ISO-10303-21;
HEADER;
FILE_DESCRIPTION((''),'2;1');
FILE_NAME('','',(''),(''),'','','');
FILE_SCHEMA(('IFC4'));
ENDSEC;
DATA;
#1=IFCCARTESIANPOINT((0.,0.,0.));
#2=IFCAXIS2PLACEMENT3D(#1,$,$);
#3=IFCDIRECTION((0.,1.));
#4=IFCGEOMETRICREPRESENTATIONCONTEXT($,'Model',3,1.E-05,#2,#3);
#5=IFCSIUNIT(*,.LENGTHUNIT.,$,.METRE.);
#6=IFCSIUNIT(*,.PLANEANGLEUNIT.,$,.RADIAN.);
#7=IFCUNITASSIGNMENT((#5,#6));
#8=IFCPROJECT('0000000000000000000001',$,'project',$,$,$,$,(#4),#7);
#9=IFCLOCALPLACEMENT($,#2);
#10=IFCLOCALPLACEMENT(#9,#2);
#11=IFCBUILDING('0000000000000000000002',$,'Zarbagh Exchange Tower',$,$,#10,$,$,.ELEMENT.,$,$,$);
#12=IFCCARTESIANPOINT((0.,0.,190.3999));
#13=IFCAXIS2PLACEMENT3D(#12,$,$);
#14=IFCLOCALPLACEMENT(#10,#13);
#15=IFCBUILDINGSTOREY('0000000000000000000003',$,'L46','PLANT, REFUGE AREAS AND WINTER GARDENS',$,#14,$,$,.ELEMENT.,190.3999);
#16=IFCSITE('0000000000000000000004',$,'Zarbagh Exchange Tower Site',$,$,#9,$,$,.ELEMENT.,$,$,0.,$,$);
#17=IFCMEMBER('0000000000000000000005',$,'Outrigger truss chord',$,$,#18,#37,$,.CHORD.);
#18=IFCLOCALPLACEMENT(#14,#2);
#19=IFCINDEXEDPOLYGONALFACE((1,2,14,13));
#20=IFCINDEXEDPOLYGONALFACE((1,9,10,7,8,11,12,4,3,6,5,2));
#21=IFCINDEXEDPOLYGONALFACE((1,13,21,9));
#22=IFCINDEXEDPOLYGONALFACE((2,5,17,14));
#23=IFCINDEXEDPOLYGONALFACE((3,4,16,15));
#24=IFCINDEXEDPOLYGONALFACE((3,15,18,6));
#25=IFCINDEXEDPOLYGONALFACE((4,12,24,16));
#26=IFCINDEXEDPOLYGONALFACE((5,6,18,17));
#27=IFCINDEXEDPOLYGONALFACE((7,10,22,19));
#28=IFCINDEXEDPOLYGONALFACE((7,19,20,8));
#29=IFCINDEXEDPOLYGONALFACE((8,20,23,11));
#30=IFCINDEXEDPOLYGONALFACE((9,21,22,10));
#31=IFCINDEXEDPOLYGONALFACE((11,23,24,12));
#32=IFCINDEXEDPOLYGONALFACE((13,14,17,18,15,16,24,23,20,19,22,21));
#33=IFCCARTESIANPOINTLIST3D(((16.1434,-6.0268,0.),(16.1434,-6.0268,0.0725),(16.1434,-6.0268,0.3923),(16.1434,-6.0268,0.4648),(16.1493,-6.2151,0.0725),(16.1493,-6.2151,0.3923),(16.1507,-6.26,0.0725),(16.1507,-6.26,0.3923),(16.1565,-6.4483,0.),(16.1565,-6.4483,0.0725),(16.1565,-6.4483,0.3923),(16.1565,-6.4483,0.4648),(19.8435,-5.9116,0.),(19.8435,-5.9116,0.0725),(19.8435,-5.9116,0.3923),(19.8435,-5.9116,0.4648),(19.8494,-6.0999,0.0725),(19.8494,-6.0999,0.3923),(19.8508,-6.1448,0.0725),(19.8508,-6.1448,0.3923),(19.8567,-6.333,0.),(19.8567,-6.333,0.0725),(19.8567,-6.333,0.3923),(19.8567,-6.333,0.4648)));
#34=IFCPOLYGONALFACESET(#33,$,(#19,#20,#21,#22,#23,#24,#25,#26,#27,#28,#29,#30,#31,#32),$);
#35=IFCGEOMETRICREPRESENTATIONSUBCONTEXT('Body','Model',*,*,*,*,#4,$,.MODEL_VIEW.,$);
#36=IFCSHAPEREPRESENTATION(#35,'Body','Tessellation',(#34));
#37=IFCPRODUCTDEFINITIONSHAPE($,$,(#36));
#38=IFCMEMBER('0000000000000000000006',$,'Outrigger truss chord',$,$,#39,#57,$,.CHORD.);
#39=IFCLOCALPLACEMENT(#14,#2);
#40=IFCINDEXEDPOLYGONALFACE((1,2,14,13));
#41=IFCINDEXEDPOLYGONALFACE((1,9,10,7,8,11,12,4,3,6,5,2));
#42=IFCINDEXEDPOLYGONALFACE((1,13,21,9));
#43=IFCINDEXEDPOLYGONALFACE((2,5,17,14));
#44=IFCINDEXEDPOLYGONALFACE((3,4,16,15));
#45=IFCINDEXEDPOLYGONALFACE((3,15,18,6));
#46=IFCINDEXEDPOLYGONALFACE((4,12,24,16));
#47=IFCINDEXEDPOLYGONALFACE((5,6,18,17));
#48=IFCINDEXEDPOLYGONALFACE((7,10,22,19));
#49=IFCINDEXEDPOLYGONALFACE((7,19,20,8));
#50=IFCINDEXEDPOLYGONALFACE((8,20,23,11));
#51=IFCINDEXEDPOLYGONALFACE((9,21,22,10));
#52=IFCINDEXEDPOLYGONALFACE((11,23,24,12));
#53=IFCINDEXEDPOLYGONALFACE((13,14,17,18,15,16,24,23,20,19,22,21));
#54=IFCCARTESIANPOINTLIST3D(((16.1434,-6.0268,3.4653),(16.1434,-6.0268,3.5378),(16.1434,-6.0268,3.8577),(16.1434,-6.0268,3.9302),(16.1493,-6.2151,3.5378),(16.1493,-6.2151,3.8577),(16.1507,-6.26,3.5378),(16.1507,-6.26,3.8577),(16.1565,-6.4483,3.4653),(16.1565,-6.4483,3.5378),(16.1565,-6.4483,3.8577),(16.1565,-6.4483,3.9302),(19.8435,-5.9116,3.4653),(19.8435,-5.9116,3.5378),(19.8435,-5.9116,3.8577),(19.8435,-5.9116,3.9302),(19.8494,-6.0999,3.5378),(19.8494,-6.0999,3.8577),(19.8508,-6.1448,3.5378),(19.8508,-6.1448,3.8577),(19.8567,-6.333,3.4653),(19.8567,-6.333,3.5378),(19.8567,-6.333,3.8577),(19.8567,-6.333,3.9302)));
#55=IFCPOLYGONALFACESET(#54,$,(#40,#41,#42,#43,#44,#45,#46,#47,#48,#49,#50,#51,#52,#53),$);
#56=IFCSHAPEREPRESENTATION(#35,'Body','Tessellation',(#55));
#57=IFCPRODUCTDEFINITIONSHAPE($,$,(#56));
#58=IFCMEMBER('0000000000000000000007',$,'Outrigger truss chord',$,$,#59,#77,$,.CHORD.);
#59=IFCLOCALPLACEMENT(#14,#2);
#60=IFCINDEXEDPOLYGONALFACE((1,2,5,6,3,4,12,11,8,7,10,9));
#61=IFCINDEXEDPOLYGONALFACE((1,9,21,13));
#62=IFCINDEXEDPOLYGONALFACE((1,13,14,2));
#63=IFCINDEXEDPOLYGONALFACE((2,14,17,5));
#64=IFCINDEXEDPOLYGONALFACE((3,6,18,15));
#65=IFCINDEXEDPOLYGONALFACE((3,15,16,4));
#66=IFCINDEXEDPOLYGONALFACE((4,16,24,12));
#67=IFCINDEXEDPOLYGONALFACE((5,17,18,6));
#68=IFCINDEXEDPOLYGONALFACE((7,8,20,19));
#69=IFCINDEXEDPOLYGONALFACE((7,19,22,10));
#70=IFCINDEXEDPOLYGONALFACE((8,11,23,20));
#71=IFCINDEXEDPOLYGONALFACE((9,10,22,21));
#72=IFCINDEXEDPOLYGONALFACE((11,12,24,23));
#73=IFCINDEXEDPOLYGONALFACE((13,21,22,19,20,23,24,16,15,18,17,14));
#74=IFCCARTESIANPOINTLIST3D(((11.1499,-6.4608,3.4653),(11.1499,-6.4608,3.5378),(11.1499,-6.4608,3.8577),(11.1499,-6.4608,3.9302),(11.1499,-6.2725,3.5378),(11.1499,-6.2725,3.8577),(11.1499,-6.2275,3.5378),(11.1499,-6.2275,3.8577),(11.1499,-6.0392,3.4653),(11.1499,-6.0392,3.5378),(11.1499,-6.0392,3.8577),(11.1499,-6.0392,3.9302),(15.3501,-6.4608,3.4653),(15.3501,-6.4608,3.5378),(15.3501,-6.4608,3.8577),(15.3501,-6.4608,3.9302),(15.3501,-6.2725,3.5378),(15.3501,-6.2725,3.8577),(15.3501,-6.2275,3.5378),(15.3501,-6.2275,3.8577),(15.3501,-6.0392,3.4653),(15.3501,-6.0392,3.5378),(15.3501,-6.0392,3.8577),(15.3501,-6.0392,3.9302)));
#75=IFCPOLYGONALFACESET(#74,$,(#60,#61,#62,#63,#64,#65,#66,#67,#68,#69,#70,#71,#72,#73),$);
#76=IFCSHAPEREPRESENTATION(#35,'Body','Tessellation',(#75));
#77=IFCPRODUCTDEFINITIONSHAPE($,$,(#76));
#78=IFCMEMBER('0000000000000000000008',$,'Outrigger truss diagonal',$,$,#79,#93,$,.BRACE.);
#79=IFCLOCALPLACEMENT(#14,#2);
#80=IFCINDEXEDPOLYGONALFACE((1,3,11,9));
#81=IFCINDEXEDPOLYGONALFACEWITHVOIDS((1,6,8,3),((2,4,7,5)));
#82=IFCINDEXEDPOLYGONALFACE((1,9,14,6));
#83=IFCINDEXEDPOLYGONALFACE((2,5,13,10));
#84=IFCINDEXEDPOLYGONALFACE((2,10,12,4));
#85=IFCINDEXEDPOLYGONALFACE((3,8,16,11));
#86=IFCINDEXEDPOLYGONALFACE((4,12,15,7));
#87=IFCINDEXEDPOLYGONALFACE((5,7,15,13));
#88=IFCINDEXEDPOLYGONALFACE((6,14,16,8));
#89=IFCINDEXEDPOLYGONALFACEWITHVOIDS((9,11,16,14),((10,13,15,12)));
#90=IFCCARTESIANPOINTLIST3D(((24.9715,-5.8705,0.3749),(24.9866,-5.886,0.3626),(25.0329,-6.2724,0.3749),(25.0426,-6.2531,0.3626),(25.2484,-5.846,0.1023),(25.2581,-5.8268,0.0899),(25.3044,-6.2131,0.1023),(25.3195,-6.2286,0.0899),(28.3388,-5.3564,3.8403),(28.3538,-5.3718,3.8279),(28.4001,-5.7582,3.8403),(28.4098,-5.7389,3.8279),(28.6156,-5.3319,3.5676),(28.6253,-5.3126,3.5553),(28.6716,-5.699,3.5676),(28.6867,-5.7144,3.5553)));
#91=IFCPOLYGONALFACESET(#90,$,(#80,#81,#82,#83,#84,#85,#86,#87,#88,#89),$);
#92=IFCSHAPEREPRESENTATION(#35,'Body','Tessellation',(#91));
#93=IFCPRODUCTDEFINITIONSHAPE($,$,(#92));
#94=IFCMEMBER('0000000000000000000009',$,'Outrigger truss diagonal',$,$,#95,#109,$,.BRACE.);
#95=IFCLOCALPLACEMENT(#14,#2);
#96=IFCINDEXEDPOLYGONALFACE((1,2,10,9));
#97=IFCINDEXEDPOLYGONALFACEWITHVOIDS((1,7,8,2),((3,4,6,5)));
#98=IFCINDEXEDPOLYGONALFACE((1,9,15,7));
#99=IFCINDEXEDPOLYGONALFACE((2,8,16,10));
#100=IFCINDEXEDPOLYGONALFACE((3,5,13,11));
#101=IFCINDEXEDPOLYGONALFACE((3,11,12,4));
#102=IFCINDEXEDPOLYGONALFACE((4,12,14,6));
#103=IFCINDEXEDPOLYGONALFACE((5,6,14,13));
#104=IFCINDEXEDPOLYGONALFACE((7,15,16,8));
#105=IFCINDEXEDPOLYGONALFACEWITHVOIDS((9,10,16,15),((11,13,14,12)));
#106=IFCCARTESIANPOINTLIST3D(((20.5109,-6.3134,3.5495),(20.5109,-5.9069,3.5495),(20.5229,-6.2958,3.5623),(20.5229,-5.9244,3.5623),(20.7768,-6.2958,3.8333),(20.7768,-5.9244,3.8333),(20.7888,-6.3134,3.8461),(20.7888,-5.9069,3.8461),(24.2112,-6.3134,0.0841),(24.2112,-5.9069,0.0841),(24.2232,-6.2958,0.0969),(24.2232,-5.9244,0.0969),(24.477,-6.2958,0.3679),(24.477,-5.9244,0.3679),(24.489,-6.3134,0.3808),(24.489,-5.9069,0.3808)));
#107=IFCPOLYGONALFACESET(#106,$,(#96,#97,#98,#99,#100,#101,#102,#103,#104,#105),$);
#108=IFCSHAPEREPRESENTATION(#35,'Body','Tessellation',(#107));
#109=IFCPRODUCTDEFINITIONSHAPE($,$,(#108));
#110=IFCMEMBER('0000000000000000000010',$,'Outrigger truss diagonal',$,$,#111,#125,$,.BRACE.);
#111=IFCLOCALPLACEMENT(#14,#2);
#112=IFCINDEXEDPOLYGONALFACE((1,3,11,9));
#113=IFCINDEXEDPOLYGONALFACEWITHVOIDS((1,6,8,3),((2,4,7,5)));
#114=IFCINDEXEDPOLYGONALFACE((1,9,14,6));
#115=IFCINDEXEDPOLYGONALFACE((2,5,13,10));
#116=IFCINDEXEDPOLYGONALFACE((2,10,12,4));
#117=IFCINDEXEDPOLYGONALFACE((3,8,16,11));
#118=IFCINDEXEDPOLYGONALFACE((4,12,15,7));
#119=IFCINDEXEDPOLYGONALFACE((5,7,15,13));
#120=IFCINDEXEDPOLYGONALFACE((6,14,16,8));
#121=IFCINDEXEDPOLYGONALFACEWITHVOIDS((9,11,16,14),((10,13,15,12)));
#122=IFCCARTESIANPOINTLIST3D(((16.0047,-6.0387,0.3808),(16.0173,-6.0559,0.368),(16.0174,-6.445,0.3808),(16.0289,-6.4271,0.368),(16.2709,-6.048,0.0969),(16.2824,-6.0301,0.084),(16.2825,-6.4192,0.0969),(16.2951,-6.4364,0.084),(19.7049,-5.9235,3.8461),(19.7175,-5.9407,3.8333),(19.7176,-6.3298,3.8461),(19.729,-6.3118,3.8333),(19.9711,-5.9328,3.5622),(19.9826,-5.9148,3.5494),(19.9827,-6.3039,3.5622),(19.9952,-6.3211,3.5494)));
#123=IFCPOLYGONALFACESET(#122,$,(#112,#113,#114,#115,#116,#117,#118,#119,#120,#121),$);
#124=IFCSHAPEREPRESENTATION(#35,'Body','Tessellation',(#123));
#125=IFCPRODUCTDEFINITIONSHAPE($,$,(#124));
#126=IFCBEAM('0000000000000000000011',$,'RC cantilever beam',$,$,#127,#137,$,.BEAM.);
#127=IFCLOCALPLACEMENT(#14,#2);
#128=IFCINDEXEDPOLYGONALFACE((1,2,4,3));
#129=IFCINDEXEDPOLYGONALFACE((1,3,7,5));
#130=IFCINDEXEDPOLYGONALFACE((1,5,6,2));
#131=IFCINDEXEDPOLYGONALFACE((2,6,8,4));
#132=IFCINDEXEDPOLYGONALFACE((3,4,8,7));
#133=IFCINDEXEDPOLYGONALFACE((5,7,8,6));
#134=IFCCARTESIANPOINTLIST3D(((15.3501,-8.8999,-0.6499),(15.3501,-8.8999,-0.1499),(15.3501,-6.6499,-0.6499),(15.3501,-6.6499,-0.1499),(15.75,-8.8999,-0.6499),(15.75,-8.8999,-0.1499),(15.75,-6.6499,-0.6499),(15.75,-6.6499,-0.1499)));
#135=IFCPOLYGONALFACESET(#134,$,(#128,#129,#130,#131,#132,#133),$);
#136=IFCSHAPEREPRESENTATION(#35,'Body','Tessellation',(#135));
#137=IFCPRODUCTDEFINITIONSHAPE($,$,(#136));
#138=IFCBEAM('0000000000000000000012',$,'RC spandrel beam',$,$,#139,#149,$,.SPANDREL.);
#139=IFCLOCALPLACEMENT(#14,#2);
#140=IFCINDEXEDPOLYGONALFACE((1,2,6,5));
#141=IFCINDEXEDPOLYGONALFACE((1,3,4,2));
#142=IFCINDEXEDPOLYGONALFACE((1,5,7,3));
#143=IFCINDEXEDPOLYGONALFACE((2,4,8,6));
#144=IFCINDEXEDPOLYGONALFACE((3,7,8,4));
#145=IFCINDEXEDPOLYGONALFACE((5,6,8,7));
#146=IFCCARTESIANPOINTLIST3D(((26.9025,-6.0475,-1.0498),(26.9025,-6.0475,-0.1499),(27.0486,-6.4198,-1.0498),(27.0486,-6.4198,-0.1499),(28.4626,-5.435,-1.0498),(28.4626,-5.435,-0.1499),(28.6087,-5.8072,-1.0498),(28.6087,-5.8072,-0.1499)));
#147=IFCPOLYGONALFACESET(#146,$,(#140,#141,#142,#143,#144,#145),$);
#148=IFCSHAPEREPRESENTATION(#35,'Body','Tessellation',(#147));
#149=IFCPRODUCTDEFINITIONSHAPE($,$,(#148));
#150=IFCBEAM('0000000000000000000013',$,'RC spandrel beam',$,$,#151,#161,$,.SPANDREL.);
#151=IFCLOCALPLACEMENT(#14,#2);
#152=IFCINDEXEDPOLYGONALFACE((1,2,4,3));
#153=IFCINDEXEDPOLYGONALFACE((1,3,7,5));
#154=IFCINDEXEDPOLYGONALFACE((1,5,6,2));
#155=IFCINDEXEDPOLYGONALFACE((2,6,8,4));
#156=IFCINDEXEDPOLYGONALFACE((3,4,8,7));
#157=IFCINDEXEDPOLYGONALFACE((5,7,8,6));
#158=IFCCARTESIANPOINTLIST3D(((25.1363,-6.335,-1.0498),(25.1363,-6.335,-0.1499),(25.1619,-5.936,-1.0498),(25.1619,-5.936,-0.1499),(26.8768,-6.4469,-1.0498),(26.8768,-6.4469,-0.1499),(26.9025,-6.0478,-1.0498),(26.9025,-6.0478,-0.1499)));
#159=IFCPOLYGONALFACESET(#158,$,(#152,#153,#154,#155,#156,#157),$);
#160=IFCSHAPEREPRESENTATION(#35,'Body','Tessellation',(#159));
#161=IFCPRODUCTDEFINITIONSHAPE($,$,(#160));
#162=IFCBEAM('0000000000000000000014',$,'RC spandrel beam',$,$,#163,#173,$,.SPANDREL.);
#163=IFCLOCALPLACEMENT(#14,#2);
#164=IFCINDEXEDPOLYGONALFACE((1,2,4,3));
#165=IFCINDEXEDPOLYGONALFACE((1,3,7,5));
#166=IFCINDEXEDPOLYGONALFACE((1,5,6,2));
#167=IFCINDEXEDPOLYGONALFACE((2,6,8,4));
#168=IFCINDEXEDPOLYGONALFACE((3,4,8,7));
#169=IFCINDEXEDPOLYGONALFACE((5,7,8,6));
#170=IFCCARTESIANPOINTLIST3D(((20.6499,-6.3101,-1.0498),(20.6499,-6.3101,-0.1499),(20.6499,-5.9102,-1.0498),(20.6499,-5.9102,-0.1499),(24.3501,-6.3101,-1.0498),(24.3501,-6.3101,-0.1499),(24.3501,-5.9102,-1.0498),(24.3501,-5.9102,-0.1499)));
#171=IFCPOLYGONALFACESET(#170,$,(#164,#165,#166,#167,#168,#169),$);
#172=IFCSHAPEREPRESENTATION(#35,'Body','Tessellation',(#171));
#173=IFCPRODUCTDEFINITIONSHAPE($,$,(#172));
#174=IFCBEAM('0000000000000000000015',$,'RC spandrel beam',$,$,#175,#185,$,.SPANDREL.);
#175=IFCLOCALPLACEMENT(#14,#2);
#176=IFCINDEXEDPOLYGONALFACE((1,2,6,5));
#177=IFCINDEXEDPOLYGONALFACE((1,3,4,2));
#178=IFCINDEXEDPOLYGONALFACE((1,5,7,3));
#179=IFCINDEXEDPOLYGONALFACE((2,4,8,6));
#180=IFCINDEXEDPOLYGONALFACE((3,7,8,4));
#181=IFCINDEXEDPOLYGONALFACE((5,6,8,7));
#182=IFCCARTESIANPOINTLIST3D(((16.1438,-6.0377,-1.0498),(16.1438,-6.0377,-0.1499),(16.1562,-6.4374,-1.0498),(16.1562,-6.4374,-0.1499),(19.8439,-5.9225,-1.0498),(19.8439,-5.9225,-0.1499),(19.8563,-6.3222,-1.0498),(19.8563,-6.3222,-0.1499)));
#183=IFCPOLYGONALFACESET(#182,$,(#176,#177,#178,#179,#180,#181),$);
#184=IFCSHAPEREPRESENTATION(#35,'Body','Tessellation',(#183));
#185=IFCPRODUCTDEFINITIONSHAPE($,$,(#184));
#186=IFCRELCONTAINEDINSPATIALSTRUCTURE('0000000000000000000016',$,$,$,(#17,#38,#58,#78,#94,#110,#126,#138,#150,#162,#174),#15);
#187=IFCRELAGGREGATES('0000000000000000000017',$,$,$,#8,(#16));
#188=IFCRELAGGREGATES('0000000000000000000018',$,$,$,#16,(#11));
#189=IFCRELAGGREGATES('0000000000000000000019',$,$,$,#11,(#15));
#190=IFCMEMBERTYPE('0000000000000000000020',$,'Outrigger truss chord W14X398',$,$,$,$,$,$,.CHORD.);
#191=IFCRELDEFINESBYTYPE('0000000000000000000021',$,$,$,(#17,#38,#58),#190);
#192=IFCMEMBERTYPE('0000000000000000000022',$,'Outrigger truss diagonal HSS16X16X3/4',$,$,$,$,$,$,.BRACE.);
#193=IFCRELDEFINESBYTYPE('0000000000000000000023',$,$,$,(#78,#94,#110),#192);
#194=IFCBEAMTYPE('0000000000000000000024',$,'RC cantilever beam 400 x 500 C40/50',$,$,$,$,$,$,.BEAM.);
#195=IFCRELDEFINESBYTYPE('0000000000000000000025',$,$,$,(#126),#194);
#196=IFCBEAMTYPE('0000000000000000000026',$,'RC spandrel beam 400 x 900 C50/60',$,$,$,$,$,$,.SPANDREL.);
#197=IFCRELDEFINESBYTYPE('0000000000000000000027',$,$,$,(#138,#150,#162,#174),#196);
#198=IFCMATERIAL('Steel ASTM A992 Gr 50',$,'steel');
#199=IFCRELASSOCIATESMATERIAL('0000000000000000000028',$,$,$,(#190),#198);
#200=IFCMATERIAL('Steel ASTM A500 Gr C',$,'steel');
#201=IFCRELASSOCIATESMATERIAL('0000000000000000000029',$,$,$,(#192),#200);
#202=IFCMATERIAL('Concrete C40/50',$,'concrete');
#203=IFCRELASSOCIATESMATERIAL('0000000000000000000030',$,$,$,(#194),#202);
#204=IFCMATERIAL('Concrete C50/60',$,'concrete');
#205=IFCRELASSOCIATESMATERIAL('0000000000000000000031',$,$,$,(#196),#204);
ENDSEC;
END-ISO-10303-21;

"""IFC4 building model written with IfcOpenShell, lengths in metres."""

from ifc_helpers import new_model, si_unit, direction, frame, origin, origin_2d, place, context, subcontext, project, spatial, rectangle, hollow_rectangle, i_section, extrude, material, material_profile, profile_set, type_object, element, save


model = new_model("IFC4")

# Units and contexts
model_context = context("Model", 3, precision=1e-05, world=origin(), true_north=direction((0.0, 1.0)))
body_context = subcontext(model_context, "Body", "Model", "MODEL_VIEW")
ifc_project = project(units=[si_unit("LENGTHUNIT", "METRE"), si_unit("PLANEANGLEUNIT", "RADIAN")], contexts=[model_context])

# Site, building, storey
site_placement = place(None, origin())
site = spatial("IfcSite", under=ifc_project, at=site_placement, Name="Zarbagh Exchange Tower Site", CompositionType="ELEMENT", RefElevation=0.0)
building_placement = place(site_placement, origin())
building = spatial("IfcBuilding", under=site, at=building_placement, Name="Zarbagh Exchange Tower", CompositionType="ELEMENT")
storey_placement = place(building_placement, frame((0.0, 0.0, 190.3999)))
storey = spatial("IfcBuildingStorey", under=building, at=storey_placement, Name="L46", Description="PLANT, REFUGE AREAS AND WINTER GARDENS", CompositionType="ELEMENT", Elevation=190.3999)

# Shared definitions
ifc_material_1 = material(Name="Concrete C50/60", Category="concrete")

# Shared definitions
ifc_material_2 = material(Name="Steel ASTM A992 Gr 50", Category="steel")
ifc_material_3 = material(Name="Steel ASTM A500 Gr C", Category="steel")

# Members
ifc_material_profile_1 = material_profile(ifc_material_2, i_section(OverallWidth=0.4216, OverallDepth=0.4648, WebThickness=0.0449, FlangeThickness=0.0725, at=origin_2d()), Name="W14X398")
ifc_profile_set_1 = profile_set([ifc_material_profile_1], Name="Steel ASTM A992 Gr 50")
member_type_1 = type_object("IfcMemberType", Name="Outrigger truss chord W14X398", PredefinedType="CHORD", material=ifc_profile_set_1)
for number, where, z_axis, x_axis, name in (
    (1, (19.8501, -6.1223, 0.2324), (-0.999515, -0.031128, 0.0), (0.031128, -0.999515, 0.0), "Outrigger truss chord"),
    (2, (19.8501, -6.1223, 3.6978), (-0.999515, -0.031128, 0.0), (0.031128, -0.999515, 0.0), "Outrigger truss chord"),
):
    element("IfcMember", number, at=place(storey_placement, frame(where, z_axis=z_axis, x_axis=x_axis)), inside=storey, type_object=member_type_1, Name=name, PredefinedType="CHORD", context=body_context, shape_type="SweptSolid", body=[
        extrude(i_section(OverallWidth=0.4216, OverallDepth=0.4648, WebThickness=0.0449, FlangeThickness=0.0725, at=origin_2d()), origin(), (0.0, 0.0, 1.0), 3.7019),
    ])
member_1_placement = place(storey_placement, frame((15.3501, -6.25, 3.6978), z_axis=(-1.0, 0.0, 0.0), x_axis=(0.0, -1.0, 0.0)))
element("IfcMember", 3, at=member_1_placement, inside=storey, type_object=member_type_1, Name="Outrigger truss chord", PredefinedType="CHORD", context=body_context, shape_type="SweptSolid", body=[
    extrude(i_section(OverallWidth=0.4216, OverallDepth=0.4648, WebThickness=0.0449, FlangeThickness=0.0725, at=origin_2d()), origin(), (0.0, 0.0, 1.0), 4.2002),
])
ifc_material_profile_2 = material_profile(ifc_material_3, hollow_rectangle(XDim=0.4065, YDim=0.4065, WallThickness=0.0176, at=origin_2d()), Name="HSS16X16X3/4")
ifc_profile_set_2 = profile_set([ifc_material_profile_2], Name="Steel ASTM A500 Gr C")
member_type_2 = type_object("IfcMemberType", Name="Outrigger truss diagonal HSS16X16X3/4", PredefinedType="BRACE", material=ifc_profile_set_2)
member_2_placement = place(storey_placement, frame((25.1455, -6.0496, 0.2324), z_axis=(0.692965, 0.105814, 0.713164), x_axis=(-0.150948, 0.988542, 0.0)))
element("IfcMember", 4, at=member_2_placement, inside=storey, type_object=member_type_2, Name="Outrigger truss diagonal", PredefinedType="BRACE", context=body_context, shape_type="SweptSolid", body=[
    extrude(hollow_rectangle(XDim=0.4065, YDim=0.4065, WallThickness=0.0176, at=origin_2d()), origin(), (0.0, 0.0, 1.0), 4.8591),
])
member_3_placement = place(storey_placement, frame((24.3501, -6.1101, 0.2324), z_axis=(-0.729892, 0.0, 0.683563), x_axis=(0.0, -1.0, 0.0)))
element("IfcMember", 5, at=member_3_placement, inside=storey, type_object=member_type_2, Name="Outrigger truss diagonal", PredefinedType="BRACE", context=body_context, shape_type="SweptSolid", body=[
    extrude(hollow_rectangle(XDim=0.4065, YDim=0.4065, WallThickness=0.0176, at=origin_2d()), origin(), (0.0, 0.0, 1.0), 5.0696),
])
member_4_placement = place(storey_placement, frame((16.1499, -6.2375, 0.2324), z_axis=(0.729703, 0.022725, 0.683386), x_axis=(-0.031128, 0.999515, 0.0)))
element("IfcMember", 6, at=member_4_placement, inside=storey, type_object=member_type_2, Name="Outrigger truss diagonal", PredefinedType="BRACE", context=body_context, shape_type="SweptSolid", body=[
    extrude(hollow_rectangle(XDim=0.4065, YDim=0.4065, WallThickness=0.0176, at=origin_2d()), origin(), (0.0, 0.0, 1.0), 5.0708),
])

# Beams
ifc_material_4 = material(Name="Concrete C40/50", Category="concrete")
ifc_material_profile_3 = material_profile(ifc_material_4, rectangle(XDim=0.3999, YDim=0.5, at=origin_2d()), Name="RC cantilever beam 400 x 500 C40/50")
ifc_profile_set_3 = profile_set([ifc_material_profile_3], Name="Concrete C40/50")
beam_type_1 = type_object("IfcBeamType", Name="RC cantilever beam 400 x 500 C40/50", PredefinedType="BEAM", material=ifc_profile_set_3)
beam_1_placement = place(storey_placement, frame((15.55, -6.6499, -0.3999), z_axis=(0.0, -1.0, 0.0), x_axis=(1.0, 0.0, 0.0)))
element("IfcBeam", 7, at=beam_1_placement, inside=storey, type_object=beam_type_1, Name="RC cantilever beam", PredefinedType="BEAM", context=body_context, shape_type="SweptSolid", body=[
    extrude(rectangle(XDim=0.3999, YDim=0.5, at=origin_2d()), origin(), (0.0, 0.0, 1.0), 2.25),
])
ifc_material_profile_4 = material_profile(ifc_material_1, rectangle(XDim=0.3999, YDim=0.8999, at=origin_2d()), Name="RC spandrel beam 400 x 900 C50/60")
ifc_profile_set_4 = profile_set([ifc_material_profile_4], Name="Concrete C50/60")
beam_type_2 = type_object("IfcBeamType", Name="RC spandrel beam 400 x 900 C50/60", PredefinedType="SPANDREL", material=ifc_profile_set_4)
beam_2_placement = place(storey_placement, frame((28.5356, -5.6211, -0.5999), z_axis=(-0.930819, -0.365481, 0.0), x_axis=(0.365481, -0.930819, 0.0)))
element("IfcBeam", 8, at=beam_2_placement, inside=storey, type_object=beam_type_2, Name="RC spandrel beam", PredefinedType="SPANDREL", context=body_context, shape_type="SweptSolid", body=[
    extrude(rectangle(XDim=0.3999, YDim=0.8999, at=origin_2d()), origin(), (0.0, 0.0, 1.0), 1.676),
])
beam_3_placement = place(storey_placement, frame((26.8896, -6.2473, -0.5999), z_axis=(-0.997943, 0.064112, 0.0), x_axis=(-0.064112, -0.997943, 0.0)))
element("IfcBeam", 9, at=beam_3_placement, inside=storey, type_object=beam_type_2, Name="RC spandrel beam", PredefinedType="SPANDREL", context=body_context, shape_type="SweptSolid", body=[
    extrude(rectangle(XDim=0.3999, YDim=0.8999, at=origin_2d()), origin(), (0.0, 0.0, 1.0), 1.7441),
])
beam_4_placement = place(storey_placement, frame((24.3501, -6.1101, -0.5999), z_axis=(-1.0, 0.0, 0.0), x_axis=(0.0, -1.0, 0.0)))
element("IfcBeam", 10, at=beam_4_placement, inside=storey, type_object=beam_type_2, Name="RC spandrel beam", PredefinedType="SPANDREL", context=body_context, shape_type="SweptSolid", body=[
    extrude(rectangle(XDim=0.3999, YDim=0.8999, at=origin_2d()), origin(), (0.0, 0.0, 1.0), 3.7002),
])
beam_5_placement = place(storey_placement, frame((19.8501, -6.1223, -0.5999), z_axis=(-0.999515, -0.031128, 0.0), x_axis=(0.031128, -0.999515, 0.0)))
element("IfcBeam", 11, at=beam_5_placement, inside=storey, type_object=beam_type_2, Name="RC spandrel beam", PredefinedType="SPANDREL", context=body_context, shape_type="SweptSolid", body=[
    extrude(rectangle(XDim=0.3999, YDim=0.8999, at=origin_2d()), origin(), (0.0, 0.0, 1.0), 3.7019),
])

save(model, "model.ifc")
